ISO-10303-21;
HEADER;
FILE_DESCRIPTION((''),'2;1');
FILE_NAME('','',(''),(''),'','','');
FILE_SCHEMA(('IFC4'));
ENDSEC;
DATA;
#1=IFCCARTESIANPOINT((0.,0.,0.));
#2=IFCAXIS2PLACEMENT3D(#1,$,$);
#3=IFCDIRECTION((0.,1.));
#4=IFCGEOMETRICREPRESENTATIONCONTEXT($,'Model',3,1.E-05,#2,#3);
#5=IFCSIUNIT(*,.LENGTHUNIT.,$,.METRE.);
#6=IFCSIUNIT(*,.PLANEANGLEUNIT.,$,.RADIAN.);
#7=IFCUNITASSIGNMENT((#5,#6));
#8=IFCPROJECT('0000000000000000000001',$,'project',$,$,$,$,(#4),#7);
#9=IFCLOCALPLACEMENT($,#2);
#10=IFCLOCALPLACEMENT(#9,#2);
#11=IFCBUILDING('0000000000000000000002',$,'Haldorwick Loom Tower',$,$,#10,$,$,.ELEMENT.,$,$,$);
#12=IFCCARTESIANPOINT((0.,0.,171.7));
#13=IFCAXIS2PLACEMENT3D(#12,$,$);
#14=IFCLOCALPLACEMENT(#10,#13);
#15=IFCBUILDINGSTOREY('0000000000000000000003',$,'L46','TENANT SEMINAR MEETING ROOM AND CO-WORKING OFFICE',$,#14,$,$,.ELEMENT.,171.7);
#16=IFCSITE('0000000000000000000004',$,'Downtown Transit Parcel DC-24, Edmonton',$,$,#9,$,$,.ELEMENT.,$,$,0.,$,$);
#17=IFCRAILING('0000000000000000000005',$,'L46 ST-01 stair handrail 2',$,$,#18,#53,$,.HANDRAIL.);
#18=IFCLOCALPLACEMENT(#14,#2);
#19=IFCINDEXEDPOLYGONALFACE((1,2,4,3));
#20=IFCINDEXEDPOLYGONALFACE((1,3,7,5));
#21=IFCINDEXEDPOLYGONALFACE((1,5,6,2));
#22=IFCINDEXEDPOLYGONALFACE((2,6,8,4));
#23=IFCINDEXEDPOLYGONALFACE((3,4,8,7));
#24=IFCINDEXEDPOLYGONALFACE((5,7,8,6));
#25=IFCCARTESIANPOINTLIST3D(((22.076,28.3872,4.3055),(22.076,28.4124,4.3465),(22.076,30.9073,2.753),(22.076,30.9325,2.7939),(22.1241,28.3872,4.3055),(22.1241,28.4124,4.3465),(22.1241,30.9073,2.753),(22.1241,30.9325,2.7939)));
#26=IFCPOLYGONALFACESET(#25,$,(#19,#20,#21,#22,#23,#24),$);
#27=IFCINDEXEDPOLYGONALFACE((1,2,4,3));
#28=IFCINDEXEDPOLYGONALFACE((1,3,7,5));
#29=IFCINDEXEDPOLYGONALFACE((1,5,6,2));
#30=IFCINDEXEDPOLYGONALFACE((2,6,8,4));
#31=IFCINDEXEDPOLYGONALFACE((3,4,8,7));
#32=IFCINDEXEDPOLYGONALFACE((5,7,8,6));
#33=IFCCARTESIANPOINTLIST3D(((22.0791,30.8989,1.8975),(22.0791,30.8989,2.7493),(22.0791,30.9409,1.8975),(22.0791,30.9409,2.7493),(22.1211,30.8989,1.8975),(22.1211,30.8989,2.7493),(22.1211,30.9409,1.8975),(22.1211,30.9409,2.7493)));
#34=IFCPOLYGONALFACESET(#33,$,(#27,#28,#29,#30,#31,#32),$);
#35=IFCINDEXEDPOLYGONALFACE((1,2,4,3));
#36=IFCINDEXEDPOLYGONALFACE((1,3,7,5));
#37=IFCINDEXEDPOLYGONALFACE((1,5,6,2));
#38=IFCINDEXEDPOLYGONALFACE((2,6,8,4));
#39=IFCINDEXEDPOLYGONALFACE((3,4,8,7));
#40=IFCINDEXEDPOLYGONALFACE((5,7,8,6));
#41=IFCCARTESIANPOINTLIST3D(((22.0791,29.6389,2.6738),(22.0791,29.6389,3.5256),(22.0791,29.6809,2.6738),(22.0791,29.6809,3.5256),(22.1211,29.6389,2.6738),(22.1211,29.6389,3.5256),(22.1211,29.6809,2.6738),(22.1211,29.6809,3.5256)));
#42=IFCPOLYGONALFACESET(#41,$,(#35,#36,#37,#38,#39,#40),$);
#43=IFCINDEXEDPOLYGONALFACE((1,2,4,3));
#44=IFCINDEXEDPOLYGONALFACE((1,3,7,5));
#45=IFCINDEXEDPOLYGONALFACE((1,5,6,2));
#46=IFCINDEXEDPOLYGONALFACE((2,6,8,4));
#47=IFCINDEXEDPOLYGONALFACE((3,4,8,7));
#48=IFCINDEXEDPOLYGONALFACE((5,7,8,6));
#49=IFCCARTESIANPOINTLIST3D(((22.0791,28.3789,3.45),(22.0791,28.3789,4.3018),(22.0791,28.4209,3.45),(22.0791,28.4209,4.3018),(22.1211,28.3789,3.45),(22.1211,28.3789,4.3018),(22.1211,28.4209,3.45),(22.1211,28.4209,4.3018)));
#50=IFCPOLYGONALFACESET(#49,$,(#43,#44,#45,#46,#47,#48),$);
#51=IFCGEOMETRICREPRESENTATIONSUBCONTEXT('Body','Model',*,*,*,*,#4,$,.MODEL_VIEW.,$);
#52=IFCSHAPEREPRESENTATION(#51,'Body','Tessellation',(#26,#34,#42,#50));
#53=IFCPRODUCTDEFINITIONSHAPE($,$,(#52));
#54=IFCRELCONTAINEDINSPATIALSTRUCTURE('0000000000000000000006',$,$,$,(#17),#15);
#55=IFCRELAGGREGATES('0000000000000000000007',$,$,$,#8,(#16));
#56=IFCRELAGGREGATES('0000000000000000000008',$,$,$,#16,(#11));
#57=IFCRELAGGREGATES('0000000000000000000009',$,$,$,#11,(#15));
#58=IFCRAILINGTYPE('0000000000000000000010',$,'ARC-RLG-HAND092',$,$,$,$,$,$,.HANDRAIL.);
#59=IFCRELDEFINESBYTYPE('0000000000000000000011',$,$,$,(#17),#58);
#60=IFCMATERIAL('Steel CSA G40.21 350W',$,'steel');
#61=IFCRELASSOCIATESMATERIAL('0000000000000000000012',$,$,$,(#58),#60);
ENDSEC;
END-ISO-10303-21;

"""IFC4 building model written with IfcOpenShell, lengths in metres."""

from ifc_helpers import new_model, si_unit, direction, frame, origin, origin_2d, place, context, subcontext, project, spatial, rectangle, extrude, material, type_object, element, save


model = new_model("IFC4")

# Units and contexts
model_context = context("Model", 3, precision=1e-05, world=origin(), true_north=direction((0.0, 1.0)))
body_context = subcontext(model_context, "Body", "Model", "MODEL_VIEW")
ifc_project = project(units=[si_unit("LENGTHUNIT", "METRE"), si_unit("PLANEANGLEUNIT", "RADIAN")], contexts=[model_context])

# Site, building, storey
site_placement = place(None, origin())
site = spatial("IfcSite", under=ifc_project, at=site_placement, Name="Downtown Transit Parcel DC-24, Edmonton", CompositionType="ELEMENT", RefElevation=0.0)
building_placement = place(site_placement, origin())
building = spatial("IfcBuilding", under=site, at=building_placement, Name="Haldorwick Loom Tower", CompositionType="ELEMENT")
storey_placement = place(building_placement, frame((0.0, 0.0, 171.7)))
storey = spatial("IfcBuildingStorey", under=building, at=storey_placement, Name="L46", Description="TENANT SEMINAR MEETING ROOM AND CO-WORKING OFFICE", CompositionType="ELEMENT", Elevation=171.7)

# Shared definitions
ifc_material_1 = material(Name="Steel CSA G40.21 350W", Category="steel")

# Railing
railing_type_1 = type_object("IfcRailingType", Name="ARC-RLG-HAND092", PredefinedType="HANDRAIL", material=ifc_material_1)
railing_1_placement = place(storey_placement, frame((22.1001, 30.9199, 1.8975)))
element("IfcRailing", 1, at=railing_1_placement, inside=storey, type_object=railing_type_1, Name="L46 ST-01 stair handrail 2", PredefinedType="HANDRAIL", context=body_context, shape_type="SweptSolid", body=[
    extrude(rectangle(XDim=0.0481, YDim=0.0481, at=origin_2d()), frame((0.0, 0.0, 0.876), z_axis=(0.0, -0.8514, 0.524516), x_axis=(1.0, 0.0, 0.0)), (0.0, 0.0, 1.0), 2.96),
    extrude(rectangle(XDim=0.042, YDim=0.042, at=origin_2d()), origin(), (0.0, 0.0, 1.0), 0.8518),
    extrude(rectangle(XDim=0.042, YDim=0.042, at=origin_2d()), frame((0.0, -1.26, 0.7764)), (0.0, 0.0, 1.0), 0.8518),
    extrude(rectangle(XDim=0.042, YDim=0.042, at=origin_2d()), frame((0.0, -2.52, 1.5525)), (0.0, 0.0, 1.0), 0.8518),
])

save(model, "model.ifc")
